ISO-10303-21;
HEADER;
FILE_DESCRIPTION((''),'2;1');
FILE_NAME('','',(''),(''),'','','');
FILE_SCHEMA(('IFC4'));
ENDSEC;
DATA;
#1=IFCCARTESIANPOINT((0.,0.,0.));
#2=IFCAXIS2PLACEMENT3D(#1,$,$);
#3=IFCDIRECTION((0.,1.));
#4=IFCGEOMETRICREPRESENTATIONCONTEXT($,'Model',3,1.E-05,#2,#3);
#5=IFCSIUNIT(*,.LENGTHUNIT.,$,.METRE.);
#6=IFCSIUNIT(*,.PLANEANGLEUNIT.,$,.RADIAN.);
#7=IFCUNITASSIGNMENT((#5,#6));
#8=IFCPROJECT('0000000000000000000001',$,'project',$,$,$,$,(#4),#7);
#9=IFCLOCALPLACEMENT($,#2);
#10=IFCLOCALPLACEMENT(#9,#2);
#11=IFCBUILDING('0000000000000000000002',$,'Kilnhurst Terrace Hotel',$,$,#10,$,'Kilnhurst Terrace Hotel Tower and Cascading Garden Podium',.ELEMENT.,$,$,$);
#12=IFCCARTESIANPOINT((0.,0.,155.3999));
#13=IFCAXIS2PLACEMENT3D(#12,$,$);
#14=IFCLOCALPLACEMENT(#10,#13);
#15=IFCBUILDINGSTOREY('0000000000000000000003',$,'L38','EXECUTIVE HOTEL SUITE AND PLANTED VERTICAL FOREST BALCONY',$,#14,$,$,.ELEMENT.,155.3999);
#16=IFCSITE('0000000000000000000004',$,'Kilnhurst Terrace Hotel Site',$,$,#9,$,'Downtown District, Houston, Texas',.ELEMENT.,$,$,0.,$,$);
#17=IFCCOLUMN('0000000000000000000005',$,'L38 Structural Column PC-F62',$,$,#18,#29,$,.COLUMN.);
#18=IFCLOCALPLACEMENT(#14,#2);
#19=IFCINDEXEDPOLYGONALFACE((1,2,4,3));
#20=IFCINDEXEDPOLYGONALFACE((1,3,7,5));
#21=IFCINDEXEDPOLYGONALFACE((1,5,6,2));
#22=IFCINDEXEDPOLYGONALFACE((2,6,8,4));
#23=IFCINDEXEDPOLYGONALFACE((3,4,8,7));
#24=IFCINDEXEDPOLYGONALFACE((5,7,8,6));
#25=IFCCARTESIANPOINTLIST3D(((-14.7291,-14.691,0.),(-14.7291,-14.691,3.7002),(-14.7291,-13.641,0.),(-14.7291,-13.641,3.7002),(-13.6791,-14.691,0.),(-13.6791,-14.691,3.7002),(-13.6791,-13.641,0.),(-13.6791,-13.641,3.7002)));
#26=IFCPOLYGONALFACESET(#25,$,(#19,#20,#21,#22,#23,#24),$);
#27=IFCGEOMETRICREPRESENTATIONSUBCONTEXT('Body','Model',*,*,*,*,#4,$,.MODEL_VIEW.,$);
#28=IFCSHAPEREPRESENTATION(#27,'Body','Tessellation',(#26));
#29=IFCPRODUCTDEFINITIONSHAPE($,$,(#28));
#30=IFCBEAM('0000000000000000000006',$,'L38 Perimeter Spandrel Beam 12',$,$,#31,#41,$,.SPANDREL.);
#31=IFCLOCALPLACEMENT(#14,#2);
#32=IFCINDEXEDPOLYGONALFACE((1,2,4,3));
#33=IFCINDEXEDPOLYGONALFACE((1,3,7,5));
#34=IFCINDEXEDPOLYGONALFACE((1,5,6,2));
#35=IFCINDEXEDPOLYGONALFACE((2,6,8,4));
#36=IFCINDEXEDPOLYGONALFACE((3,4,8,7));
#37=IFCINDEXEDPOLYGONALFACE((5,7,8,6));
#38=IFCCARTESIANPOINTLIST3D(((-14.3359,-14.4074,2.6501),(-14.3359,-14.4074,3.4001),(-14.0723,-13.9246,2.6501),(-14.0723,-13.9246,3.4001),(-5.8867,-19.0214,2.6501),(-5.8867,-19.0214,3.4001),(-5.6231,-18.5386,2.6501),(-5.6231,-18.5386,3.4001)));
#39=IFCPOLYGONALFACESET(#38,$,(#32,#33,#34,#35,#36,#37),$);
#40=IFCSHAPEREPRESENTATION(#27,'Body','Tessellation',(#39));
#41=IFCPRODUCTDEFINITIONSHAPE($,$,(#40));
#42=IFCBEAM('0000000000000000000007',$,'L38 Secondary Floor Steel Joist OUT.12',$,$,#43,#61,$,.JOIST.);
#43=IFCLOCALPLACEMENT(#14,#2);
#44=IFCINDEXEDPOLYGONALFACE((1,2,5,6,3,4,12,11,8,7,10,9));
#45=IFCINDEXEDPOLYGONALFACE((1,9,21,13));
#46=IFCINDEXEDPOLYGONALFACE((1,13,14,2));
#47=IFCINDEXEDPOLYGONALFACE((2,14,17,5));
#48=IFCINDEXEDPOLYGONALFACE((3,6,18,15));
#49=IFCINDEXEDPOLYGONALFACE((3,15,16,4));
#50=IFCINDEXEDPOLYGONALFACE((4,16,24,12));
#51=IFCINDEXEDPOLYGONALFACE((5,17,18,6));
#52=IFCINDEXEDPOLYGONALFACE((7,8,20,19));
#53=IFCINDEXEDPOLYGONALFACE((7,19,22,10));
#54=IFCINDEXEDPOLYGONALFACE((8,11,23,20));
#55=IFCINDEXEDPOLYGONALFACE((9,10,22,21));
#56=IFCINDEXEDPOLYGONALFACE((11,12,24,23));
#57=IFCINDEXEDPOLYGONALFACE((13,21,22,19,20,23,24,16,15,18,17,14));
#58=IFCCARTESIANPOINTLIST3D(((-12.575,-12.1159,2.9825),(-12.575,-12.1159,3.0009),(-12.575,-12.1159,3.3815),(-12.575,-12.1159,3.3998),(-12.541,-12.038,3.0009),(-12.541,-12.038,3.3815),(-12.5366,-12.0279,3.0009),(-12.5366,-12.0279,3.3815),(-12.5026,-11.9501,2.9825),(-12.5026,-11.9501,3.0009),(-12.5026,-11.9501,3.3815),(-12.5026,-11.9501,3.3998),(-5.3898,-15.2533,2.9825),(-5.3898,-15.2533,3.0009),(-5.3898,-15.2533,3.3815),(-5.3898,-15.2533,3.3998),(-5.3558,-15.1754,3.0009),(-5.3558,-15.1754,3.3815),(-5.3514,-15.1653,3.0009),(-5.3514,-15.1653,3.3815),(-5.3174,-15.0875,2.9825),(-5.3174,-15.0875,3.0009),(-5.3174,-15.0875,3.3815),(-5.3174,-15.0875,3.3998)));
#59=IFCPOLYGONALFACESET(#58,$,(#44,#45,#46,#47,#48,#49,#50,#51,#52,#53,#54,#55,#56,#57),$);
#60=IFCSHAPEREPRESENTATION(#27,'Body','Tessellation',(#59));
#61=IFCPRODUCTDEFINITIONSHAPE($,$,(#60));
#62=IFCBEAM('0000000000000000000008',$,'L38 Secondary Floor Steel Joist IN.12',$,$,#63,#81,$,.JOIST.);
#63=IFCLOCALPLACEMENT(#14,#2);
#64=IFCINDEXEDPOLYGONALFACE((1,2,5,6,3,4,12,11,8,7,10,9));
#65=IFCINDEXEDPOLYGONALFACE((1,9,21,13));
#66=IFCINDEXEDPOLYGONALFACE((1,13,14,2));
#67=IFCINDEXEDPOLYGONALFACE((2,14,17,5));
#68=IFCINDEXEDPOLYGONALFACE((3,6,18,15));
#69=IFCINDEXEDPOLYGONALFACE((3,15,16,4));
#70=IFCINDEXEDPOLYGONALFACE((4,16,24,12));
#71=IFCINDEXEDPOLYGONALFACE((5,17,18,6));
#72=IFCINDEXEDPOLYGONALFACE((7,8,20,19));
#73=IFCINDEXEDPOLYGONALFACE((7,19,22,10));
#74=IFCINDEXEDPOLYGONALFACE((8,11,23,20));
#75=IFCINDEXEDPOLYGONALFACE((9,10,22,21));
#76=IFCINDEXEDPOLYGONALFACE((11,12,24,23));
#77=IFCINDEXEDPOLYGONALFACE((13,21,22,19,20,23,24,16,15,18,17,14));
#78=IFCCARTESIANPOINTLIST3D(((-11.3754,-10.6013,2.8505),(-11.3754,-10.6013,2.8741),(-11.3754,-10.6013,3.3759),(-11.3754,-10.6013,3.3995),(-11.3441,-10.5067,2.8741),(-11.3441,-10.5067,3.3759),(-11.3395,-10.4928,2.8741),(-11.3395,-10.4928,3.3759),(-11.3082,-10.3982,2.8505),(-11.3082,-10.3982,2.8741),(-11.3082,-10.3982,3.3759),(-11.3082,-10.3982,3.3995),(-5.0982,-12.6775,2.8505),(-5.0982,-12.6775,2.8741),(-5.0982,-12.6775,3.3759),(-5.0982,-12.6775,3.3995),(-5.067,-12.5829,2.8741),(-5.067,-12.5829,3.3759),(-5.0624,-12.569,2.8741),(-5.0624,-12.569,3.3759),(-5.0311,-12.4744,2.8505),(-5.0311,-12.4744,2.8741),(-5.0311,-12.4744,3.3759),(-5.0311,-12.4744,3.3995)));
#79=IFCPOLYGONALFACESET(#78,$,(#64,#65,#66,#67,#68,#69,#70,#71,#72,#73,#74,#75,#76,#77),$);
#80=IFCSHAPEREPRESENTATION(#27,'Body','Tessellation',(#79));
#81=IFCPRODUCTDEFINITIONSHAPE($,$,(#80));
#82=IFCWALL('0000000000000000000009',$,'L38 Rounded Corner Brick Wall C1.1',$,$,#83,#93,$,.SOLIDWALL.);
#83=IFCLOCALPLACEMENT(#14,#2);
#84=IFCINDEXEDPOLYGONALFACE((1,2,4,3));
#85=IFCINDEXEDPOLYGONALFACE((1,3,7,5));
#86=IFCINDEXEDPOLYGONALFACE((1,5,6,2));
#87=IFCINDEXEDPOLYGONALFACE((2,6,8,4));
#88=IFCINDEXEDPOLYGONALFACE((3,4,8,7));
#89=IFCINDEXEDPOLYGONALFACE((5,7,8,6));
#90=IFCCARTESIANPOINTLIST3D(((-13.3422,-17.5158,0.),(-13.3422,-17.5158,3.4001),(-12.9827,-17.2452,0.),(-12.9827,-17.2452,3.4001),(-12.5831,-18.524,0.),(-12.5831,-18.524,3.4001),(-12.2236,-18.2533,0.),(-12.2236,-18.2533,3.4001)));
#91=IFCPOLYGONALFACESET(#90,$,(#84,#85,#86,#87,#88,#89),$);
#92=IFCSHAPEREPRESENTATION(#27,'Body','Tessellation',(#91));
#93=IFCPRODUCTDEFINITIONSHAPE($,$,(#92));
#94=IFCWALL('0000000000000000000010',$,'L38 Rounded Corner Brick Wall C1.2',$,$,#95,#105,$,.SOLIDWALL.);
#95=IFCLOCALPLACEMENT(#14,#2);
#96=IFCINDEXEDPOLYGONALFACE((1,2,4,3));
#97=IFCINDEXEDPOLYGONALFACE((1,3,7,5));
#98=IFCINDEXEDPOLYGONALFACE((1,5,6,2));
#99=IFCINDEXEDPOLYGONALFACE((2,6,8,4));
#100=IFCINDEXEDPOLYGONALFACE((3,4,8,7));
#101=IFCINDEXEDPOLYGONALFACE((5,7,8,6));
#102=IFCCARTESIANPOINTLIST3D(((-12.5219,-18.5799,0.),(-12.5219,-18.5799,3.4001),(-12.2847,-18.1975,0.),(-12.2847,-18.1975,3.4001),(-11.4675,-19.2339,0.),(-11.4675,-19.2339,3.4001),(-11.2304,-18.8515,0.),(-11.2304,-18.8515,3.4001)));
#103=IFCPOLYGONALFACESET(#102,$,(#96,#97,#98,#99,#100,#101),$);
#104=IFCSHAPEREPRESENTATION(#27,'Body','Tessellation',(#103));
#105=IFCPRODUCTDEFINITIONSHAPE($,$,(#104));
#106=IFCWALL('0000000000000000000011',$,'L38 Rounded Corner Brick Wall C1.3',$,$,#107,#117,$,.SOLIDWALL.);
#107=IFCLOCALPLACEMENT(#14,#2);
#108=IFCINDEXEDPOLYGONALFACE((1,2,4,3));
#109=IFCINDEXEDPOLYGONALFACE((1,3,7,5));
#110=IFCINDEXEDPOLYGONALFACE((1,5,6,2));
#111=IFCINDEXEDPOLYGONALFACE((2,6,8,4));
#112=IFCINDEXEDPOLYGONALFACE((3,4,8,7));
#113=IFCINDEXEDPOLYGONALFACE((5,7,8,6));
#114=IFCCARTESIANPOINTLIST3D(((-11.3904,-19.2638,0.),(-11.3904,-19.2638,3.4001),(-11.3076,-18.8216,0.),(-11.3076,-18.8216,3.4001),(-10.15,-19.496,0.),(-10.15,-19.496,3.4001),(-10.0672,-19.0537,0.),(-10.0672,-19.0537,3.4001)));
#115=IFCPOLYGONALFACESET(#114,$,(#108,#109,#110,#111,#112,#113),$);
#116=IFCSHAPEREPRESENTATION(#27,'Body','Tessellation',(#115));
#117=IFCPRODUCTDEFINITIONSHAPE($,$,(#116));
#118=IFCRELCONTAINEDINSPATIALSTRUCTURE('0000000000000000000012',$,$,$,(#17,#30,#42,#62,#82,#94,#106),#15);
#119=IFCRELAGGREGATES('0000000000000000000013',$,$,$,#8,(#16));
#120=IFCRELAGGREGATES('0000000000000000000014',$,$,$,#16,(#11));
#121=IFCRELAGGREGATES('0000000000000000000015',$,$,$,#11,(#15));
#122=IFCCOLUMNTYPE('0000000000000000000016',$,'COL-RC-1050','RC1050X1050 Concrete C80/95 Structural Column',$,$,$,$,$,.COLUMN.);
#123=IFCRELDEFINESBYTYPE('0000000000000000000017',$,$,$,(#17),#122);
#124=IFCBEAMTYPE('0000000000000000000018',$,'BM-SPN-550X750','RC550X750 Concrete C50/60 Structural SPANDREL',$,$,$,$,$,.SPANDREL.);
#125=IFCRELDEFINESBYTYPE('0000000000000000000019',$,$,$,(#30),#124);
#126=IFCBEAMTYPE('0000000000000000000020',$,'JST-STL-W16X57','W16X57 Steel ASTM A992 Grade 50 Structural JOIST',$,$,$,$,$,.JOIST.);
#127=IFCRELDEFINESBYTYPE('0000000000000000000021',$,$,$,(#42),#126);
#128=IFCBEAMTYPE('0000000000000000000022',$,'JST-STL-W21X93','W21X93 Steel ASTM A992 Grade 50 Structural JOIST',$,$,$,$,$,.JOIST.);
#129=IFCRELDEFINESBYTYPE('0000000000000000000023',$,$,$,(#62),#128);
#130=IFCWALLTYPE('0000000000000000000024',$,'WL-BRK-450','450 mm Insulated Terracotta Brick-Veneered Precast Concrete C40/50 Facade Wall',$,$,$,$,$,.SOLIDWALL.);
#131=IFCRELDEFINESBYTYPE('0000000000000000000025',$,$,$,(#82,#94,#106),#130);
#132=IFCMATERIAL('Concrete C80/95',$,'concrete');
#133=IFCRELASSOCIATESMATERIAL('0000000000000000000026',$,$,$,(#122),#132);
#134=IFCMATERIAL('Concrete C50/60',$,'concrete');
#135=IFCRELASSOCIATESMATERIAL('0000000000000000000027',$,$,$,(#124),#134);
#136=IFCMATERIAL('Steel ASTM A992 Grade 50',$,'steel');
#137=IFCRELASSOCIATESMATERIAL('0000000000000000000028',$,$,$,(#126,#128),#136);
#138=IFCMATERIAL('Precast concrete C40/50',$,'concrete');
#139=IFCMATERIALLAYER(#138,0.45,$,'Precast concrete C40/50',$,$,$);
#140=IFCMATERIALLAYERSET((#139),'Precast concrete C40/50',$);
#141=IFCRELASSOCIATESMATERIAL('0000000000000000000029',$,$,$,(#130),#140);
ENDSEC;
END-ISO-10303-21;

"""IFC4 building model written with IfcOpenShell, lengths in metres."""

from ifc_helpers import new_model, si_unit, direction, frame, frame_2d, origin, origin_2d, place, context, subcontext, project, spatial, rectangle, i_section, extrude, material, layer, layer_set, material_profile, profile_set, type_object, element, save


model = new_model("IFC4")

# Units and contexts
model_context = context("Model", 3, precision=1e-05, world=origin(), true_north=direction((0.0, 1.0)))
body_context = subcontext(model_context, "Body", "Model", "MODEL_VIEW")
ifc_project = project(units=[si_unit("LENGTHUNIT", "METRE"), si_unit("PLANEANGLEUNIT", "RADIAN")], contexts=[model_context])

# Site, building, storey
site_placement = place(None, origin())
site = spatial("IfcSite", under=ifc_project, at=site_placement, Name="Kilnhurst Terrace Hotel Site", LongName="Downtown District, Houston, Texas", CompositionType="ELEMENT", RefElevation=0.0)
building_placement = place(site_placement, origin())
building = spatial("IfcBuilding", under=site, at=building_placement, Name="Kilnhurst Terrace Hotel", LongName="Kilnhurst Terrace Hotel Tower and Cascading Garden Podium", CompositionType="ELEMENT")
storey_placement = place(building_placement, frame((0.0, 0.0, 155.3999)))
storey = spatial("IfcBuildingStorey", under=building, at=storey_placement, Name="L38", Description="EXECUTIVE HOTEL SUITE AND PLANTED VERTICAL FOREST BALCONY", CompositionType="ELEMENT", Elevation=155.3999)

# Column
ifc_material_1 = material(Name="Concrete C80/95", Category="concrete")
ifc_material_profile_1 = material_profile(ifc_material_1, rectangle(XDim=1.05, YDim=1.05, at=origin_2d()), Name="RC1050X1050")
ifc_profile_set_1 = profile_set([ifc_material_profile_1], Name="Concrete C80/95")
column_type = type_object("IfcColumnType", Name="COL-RC-1050", Description="RC1050X1050 Concrete C80/95 Structural Column", PredefinedType="COLUMN", material=ifc_profile_set_1)
column_placement = place(storey_placement, frame((-14.2041, -14.166, 0.0), z_axis=(0.0, 0.0, 1.0), x_axis=(1.0, 0.0, 0.0)))
element("IfcColumn", 1, at=column_placement, inside=storey, type_object=column_type, Name="L38 Structural Column PC-F62", PredefinedType="COLUMN", context=body_context, shape_type="SweptSolid", body=[
    extrude(rectangle(XDim=1.05, YDim=1.05, at=origin_2d()), origin(), (0.0, 0.0, 1.0), 3.7002),
])

# Beams
ifc_material_2 = material(Name="Concrete C50/60", Category="concrete")
ifc_material_profile_2 = material_profile(ifc_material_2, rectangle(XDim=0.55, YDim=0.75, at=origin_2d()), Name="RC550X750")
ifc_profile_set_2 = profile_set([ifc_material_profile_2], Name="Concrete C50/60")
beam_type_1 = type_object("IfcBeamType", Name="BM-SPN-550X750", Description="RC550X750 Concrete C50/60 Structural SPANDREL", PredefinedType="SPANDREL", material=ifc_profile_set_2)
beam_1_placement = place(storey_placement, frame((-14.2041, -14.166, 3.0251), z_axis=(0.877662, -0.47928, 0.0), x_axis=(0.47928, 0.877662, 0.0)))
element("IfcBeam", 2, at=beam_1_placement, inside=storey, type_object=beam_type_1, Name="L38 Perimeter Spandrel Beam 12", PredefinedType="SPANDREL", context=body_context, shape_type="SweptSolid", body=[
    extrude(rectangle(XDim=0.55, YDim=0.75, at=origin_2d()), origin(), (0.0, 0.0, 1.0), 9.627),
])
ifc_material_3 = material(Name="Steel ASTM A992 Grade 50", Category="steel")
ifc_material_profile_3 = material_profile(ifc_material_3, i_section(OverallWidth=0.1809, OverallDepth=0.4172, WebThickness=0.011, FlangeThickness=0.0183, at=origin_2d()), Name="W16X57")
ifc_profile_set_3 = profile_set([ifc_material_profile_3], Name="Steel ASTM A992 Grade 50")
beam_type_2 = type_object("IfcBeamType", Name="JST-STL-W16X57", Description="W16X57 Steel ASTM A992 Grade 50 Structural JOIST", PredefinedType="JOIST", material=ifc_profile_set_3)
beam_2_placement = place(storey_placement, frame((-12.5388, -12.033, 3.1912), z_axis=(0.916444, -0.400164, 0.0), x_axis=(0.400164, 0.916444, 0.0)))
element("IfcBeam", 3, at=beam_2_placement, inside=storey, type_object=beam_type_2, Name="L38 Secondary Floor Steel Joist OUT.12", PredefinedType="JOIST", context=body_context, shape_type="SweptSolid", body=[
    extrude(i_section(OverallWidth=0.1809, OverallDepth=0.4172, WebThickness=0.011, FlangeThickness=0.0183, at=origin_2d()), origin(), (0.0, 0.0, 1.0), 7.8403),
])
ifc_material_profile_4 = material_profile(ifc_material_3, i_section(OverallWidth=0.2139, OverallDepth=0.5491, WebThickness=0.0146, FlangeThickness=0.0237, at=origin_2d()), Name="W21X93")
ifc_profile_set_4 = profile_set([ifc_material_profile_4], Name="Steel ASTM A992 Grade 50")
beam_type_3 = type_object("IfcBeamType", Name="JST-STL-W21X93", Description="W21X93 Steel ASTM A992 Grade 50 Structural JOIST", PredefinedType="JOIST", material=ifc_profile_set_4)
beam_3_placement = place(storey_placement, frame((-11.3418, -10.4998, 3.125), z_axis=(0.949416, -0.314022, 0.0), x_axis=(0.314022, 0.949416, 0.0)))
element("IfcBeam", 4, at=beam_3_placement, inside=storey, type_object=beam_type_3, Name="L38 Secondary Floor Steel Joist IN.12", PredefinedType="JOIST", context=body_context, shape_type="SweptSolid", body=[
    extrude(i_section(OverallWidth=0.2139, OverallDepth=0.5491, WebThickness=0.0146, FlangeThickness=0.0237, at=origin_2d()), origin(), (0.0, 0.0, 1.0), 6.6116),
])

# Walls
ifc_material_4 = material(Name="Precast concrete C40/50", Category="concrete")
ifc_layer_1 = layer(ifc_material_4, 0.45, Name="Precast concrete C40/50")
ifc_layer_set_1 = layer_set([ifc_layer_1], Name="Precast concrete C40/50")
wall_type_1 = type_object("IfcWallType", Name="WL-BRK-450", Description="450 mm Insulated Terracotta Brick-Veneered Precast Concrete C40/50 Facade Wall", PredefinedType="SOLIDWALL", material=ifc_layer_set_1)
wall_1_placement = place(storey_placement, frame((-13.1624, -17.3806, 0.0), z_axis=(0.0, 0.0, 1.0), x_axis=(0.601516, -0.798861, 0.0)))
element("IfcWall", 5, at=wall_1_placement, inside=storey, type_object=wall_type_1, Name="L38 Rounded Corner Brick Wall C1.1", PredefinedType="SOLIDWALL", context=body_context, shape_type="SweptSolid", body=[
    extrude(rectangle(XDim=1.262, YDim=0.45, at=frame_2d((0.6309, 0.0))), origin(), (0.0, 0.0, 1.0), 3.4001),
])
wall_2_placement = place(storey_placement, frame((-12.4033, -18.3887, 0.0), z_axis=(0.0, 0.0, 1.0), x_axis=(0.849795, -0.527113, 0.0)))
element("IfcWall", 6, at=wall_2_placement, inside=storey, type_object=wall_type_1, Name="L38 Rounded Corner Brick Wall C1.2", PredefinedType="SOLIDWALL", context=body_context, shape_type="SweptSolid", body=[
    extrude(rectangle(XDim=1.2407, YDim=0.45, at=frame_2d((0.6204, 0.0))), origin(), (0.0, 0.0, 1.0), 3.4001),
])
wall_3_placement = place(storey_placement, frame((-11.3489, -19.0427, 0.0), z_axis=(0.0, 0.0, 1.0), x_axis=(0.982931, -0.183973, 0.0)))
element("IfcWall", 7, at=wall_3_placement, inside=storey, type_object=wall_type_1, Name="L38 Rounded Corner Brick Wall C1.3", PredefinedType="SOLIDWALL", context=body_context, shape_type="SweptSolid", body=[
    extrude(rectangle(XDim=1.262, YDim=0.45, at=frame_2d((0.6309, 0.0))), origin(), (0.0, 0.0, 1.0), 3.4001),
])

save(model, "model.ifc")
